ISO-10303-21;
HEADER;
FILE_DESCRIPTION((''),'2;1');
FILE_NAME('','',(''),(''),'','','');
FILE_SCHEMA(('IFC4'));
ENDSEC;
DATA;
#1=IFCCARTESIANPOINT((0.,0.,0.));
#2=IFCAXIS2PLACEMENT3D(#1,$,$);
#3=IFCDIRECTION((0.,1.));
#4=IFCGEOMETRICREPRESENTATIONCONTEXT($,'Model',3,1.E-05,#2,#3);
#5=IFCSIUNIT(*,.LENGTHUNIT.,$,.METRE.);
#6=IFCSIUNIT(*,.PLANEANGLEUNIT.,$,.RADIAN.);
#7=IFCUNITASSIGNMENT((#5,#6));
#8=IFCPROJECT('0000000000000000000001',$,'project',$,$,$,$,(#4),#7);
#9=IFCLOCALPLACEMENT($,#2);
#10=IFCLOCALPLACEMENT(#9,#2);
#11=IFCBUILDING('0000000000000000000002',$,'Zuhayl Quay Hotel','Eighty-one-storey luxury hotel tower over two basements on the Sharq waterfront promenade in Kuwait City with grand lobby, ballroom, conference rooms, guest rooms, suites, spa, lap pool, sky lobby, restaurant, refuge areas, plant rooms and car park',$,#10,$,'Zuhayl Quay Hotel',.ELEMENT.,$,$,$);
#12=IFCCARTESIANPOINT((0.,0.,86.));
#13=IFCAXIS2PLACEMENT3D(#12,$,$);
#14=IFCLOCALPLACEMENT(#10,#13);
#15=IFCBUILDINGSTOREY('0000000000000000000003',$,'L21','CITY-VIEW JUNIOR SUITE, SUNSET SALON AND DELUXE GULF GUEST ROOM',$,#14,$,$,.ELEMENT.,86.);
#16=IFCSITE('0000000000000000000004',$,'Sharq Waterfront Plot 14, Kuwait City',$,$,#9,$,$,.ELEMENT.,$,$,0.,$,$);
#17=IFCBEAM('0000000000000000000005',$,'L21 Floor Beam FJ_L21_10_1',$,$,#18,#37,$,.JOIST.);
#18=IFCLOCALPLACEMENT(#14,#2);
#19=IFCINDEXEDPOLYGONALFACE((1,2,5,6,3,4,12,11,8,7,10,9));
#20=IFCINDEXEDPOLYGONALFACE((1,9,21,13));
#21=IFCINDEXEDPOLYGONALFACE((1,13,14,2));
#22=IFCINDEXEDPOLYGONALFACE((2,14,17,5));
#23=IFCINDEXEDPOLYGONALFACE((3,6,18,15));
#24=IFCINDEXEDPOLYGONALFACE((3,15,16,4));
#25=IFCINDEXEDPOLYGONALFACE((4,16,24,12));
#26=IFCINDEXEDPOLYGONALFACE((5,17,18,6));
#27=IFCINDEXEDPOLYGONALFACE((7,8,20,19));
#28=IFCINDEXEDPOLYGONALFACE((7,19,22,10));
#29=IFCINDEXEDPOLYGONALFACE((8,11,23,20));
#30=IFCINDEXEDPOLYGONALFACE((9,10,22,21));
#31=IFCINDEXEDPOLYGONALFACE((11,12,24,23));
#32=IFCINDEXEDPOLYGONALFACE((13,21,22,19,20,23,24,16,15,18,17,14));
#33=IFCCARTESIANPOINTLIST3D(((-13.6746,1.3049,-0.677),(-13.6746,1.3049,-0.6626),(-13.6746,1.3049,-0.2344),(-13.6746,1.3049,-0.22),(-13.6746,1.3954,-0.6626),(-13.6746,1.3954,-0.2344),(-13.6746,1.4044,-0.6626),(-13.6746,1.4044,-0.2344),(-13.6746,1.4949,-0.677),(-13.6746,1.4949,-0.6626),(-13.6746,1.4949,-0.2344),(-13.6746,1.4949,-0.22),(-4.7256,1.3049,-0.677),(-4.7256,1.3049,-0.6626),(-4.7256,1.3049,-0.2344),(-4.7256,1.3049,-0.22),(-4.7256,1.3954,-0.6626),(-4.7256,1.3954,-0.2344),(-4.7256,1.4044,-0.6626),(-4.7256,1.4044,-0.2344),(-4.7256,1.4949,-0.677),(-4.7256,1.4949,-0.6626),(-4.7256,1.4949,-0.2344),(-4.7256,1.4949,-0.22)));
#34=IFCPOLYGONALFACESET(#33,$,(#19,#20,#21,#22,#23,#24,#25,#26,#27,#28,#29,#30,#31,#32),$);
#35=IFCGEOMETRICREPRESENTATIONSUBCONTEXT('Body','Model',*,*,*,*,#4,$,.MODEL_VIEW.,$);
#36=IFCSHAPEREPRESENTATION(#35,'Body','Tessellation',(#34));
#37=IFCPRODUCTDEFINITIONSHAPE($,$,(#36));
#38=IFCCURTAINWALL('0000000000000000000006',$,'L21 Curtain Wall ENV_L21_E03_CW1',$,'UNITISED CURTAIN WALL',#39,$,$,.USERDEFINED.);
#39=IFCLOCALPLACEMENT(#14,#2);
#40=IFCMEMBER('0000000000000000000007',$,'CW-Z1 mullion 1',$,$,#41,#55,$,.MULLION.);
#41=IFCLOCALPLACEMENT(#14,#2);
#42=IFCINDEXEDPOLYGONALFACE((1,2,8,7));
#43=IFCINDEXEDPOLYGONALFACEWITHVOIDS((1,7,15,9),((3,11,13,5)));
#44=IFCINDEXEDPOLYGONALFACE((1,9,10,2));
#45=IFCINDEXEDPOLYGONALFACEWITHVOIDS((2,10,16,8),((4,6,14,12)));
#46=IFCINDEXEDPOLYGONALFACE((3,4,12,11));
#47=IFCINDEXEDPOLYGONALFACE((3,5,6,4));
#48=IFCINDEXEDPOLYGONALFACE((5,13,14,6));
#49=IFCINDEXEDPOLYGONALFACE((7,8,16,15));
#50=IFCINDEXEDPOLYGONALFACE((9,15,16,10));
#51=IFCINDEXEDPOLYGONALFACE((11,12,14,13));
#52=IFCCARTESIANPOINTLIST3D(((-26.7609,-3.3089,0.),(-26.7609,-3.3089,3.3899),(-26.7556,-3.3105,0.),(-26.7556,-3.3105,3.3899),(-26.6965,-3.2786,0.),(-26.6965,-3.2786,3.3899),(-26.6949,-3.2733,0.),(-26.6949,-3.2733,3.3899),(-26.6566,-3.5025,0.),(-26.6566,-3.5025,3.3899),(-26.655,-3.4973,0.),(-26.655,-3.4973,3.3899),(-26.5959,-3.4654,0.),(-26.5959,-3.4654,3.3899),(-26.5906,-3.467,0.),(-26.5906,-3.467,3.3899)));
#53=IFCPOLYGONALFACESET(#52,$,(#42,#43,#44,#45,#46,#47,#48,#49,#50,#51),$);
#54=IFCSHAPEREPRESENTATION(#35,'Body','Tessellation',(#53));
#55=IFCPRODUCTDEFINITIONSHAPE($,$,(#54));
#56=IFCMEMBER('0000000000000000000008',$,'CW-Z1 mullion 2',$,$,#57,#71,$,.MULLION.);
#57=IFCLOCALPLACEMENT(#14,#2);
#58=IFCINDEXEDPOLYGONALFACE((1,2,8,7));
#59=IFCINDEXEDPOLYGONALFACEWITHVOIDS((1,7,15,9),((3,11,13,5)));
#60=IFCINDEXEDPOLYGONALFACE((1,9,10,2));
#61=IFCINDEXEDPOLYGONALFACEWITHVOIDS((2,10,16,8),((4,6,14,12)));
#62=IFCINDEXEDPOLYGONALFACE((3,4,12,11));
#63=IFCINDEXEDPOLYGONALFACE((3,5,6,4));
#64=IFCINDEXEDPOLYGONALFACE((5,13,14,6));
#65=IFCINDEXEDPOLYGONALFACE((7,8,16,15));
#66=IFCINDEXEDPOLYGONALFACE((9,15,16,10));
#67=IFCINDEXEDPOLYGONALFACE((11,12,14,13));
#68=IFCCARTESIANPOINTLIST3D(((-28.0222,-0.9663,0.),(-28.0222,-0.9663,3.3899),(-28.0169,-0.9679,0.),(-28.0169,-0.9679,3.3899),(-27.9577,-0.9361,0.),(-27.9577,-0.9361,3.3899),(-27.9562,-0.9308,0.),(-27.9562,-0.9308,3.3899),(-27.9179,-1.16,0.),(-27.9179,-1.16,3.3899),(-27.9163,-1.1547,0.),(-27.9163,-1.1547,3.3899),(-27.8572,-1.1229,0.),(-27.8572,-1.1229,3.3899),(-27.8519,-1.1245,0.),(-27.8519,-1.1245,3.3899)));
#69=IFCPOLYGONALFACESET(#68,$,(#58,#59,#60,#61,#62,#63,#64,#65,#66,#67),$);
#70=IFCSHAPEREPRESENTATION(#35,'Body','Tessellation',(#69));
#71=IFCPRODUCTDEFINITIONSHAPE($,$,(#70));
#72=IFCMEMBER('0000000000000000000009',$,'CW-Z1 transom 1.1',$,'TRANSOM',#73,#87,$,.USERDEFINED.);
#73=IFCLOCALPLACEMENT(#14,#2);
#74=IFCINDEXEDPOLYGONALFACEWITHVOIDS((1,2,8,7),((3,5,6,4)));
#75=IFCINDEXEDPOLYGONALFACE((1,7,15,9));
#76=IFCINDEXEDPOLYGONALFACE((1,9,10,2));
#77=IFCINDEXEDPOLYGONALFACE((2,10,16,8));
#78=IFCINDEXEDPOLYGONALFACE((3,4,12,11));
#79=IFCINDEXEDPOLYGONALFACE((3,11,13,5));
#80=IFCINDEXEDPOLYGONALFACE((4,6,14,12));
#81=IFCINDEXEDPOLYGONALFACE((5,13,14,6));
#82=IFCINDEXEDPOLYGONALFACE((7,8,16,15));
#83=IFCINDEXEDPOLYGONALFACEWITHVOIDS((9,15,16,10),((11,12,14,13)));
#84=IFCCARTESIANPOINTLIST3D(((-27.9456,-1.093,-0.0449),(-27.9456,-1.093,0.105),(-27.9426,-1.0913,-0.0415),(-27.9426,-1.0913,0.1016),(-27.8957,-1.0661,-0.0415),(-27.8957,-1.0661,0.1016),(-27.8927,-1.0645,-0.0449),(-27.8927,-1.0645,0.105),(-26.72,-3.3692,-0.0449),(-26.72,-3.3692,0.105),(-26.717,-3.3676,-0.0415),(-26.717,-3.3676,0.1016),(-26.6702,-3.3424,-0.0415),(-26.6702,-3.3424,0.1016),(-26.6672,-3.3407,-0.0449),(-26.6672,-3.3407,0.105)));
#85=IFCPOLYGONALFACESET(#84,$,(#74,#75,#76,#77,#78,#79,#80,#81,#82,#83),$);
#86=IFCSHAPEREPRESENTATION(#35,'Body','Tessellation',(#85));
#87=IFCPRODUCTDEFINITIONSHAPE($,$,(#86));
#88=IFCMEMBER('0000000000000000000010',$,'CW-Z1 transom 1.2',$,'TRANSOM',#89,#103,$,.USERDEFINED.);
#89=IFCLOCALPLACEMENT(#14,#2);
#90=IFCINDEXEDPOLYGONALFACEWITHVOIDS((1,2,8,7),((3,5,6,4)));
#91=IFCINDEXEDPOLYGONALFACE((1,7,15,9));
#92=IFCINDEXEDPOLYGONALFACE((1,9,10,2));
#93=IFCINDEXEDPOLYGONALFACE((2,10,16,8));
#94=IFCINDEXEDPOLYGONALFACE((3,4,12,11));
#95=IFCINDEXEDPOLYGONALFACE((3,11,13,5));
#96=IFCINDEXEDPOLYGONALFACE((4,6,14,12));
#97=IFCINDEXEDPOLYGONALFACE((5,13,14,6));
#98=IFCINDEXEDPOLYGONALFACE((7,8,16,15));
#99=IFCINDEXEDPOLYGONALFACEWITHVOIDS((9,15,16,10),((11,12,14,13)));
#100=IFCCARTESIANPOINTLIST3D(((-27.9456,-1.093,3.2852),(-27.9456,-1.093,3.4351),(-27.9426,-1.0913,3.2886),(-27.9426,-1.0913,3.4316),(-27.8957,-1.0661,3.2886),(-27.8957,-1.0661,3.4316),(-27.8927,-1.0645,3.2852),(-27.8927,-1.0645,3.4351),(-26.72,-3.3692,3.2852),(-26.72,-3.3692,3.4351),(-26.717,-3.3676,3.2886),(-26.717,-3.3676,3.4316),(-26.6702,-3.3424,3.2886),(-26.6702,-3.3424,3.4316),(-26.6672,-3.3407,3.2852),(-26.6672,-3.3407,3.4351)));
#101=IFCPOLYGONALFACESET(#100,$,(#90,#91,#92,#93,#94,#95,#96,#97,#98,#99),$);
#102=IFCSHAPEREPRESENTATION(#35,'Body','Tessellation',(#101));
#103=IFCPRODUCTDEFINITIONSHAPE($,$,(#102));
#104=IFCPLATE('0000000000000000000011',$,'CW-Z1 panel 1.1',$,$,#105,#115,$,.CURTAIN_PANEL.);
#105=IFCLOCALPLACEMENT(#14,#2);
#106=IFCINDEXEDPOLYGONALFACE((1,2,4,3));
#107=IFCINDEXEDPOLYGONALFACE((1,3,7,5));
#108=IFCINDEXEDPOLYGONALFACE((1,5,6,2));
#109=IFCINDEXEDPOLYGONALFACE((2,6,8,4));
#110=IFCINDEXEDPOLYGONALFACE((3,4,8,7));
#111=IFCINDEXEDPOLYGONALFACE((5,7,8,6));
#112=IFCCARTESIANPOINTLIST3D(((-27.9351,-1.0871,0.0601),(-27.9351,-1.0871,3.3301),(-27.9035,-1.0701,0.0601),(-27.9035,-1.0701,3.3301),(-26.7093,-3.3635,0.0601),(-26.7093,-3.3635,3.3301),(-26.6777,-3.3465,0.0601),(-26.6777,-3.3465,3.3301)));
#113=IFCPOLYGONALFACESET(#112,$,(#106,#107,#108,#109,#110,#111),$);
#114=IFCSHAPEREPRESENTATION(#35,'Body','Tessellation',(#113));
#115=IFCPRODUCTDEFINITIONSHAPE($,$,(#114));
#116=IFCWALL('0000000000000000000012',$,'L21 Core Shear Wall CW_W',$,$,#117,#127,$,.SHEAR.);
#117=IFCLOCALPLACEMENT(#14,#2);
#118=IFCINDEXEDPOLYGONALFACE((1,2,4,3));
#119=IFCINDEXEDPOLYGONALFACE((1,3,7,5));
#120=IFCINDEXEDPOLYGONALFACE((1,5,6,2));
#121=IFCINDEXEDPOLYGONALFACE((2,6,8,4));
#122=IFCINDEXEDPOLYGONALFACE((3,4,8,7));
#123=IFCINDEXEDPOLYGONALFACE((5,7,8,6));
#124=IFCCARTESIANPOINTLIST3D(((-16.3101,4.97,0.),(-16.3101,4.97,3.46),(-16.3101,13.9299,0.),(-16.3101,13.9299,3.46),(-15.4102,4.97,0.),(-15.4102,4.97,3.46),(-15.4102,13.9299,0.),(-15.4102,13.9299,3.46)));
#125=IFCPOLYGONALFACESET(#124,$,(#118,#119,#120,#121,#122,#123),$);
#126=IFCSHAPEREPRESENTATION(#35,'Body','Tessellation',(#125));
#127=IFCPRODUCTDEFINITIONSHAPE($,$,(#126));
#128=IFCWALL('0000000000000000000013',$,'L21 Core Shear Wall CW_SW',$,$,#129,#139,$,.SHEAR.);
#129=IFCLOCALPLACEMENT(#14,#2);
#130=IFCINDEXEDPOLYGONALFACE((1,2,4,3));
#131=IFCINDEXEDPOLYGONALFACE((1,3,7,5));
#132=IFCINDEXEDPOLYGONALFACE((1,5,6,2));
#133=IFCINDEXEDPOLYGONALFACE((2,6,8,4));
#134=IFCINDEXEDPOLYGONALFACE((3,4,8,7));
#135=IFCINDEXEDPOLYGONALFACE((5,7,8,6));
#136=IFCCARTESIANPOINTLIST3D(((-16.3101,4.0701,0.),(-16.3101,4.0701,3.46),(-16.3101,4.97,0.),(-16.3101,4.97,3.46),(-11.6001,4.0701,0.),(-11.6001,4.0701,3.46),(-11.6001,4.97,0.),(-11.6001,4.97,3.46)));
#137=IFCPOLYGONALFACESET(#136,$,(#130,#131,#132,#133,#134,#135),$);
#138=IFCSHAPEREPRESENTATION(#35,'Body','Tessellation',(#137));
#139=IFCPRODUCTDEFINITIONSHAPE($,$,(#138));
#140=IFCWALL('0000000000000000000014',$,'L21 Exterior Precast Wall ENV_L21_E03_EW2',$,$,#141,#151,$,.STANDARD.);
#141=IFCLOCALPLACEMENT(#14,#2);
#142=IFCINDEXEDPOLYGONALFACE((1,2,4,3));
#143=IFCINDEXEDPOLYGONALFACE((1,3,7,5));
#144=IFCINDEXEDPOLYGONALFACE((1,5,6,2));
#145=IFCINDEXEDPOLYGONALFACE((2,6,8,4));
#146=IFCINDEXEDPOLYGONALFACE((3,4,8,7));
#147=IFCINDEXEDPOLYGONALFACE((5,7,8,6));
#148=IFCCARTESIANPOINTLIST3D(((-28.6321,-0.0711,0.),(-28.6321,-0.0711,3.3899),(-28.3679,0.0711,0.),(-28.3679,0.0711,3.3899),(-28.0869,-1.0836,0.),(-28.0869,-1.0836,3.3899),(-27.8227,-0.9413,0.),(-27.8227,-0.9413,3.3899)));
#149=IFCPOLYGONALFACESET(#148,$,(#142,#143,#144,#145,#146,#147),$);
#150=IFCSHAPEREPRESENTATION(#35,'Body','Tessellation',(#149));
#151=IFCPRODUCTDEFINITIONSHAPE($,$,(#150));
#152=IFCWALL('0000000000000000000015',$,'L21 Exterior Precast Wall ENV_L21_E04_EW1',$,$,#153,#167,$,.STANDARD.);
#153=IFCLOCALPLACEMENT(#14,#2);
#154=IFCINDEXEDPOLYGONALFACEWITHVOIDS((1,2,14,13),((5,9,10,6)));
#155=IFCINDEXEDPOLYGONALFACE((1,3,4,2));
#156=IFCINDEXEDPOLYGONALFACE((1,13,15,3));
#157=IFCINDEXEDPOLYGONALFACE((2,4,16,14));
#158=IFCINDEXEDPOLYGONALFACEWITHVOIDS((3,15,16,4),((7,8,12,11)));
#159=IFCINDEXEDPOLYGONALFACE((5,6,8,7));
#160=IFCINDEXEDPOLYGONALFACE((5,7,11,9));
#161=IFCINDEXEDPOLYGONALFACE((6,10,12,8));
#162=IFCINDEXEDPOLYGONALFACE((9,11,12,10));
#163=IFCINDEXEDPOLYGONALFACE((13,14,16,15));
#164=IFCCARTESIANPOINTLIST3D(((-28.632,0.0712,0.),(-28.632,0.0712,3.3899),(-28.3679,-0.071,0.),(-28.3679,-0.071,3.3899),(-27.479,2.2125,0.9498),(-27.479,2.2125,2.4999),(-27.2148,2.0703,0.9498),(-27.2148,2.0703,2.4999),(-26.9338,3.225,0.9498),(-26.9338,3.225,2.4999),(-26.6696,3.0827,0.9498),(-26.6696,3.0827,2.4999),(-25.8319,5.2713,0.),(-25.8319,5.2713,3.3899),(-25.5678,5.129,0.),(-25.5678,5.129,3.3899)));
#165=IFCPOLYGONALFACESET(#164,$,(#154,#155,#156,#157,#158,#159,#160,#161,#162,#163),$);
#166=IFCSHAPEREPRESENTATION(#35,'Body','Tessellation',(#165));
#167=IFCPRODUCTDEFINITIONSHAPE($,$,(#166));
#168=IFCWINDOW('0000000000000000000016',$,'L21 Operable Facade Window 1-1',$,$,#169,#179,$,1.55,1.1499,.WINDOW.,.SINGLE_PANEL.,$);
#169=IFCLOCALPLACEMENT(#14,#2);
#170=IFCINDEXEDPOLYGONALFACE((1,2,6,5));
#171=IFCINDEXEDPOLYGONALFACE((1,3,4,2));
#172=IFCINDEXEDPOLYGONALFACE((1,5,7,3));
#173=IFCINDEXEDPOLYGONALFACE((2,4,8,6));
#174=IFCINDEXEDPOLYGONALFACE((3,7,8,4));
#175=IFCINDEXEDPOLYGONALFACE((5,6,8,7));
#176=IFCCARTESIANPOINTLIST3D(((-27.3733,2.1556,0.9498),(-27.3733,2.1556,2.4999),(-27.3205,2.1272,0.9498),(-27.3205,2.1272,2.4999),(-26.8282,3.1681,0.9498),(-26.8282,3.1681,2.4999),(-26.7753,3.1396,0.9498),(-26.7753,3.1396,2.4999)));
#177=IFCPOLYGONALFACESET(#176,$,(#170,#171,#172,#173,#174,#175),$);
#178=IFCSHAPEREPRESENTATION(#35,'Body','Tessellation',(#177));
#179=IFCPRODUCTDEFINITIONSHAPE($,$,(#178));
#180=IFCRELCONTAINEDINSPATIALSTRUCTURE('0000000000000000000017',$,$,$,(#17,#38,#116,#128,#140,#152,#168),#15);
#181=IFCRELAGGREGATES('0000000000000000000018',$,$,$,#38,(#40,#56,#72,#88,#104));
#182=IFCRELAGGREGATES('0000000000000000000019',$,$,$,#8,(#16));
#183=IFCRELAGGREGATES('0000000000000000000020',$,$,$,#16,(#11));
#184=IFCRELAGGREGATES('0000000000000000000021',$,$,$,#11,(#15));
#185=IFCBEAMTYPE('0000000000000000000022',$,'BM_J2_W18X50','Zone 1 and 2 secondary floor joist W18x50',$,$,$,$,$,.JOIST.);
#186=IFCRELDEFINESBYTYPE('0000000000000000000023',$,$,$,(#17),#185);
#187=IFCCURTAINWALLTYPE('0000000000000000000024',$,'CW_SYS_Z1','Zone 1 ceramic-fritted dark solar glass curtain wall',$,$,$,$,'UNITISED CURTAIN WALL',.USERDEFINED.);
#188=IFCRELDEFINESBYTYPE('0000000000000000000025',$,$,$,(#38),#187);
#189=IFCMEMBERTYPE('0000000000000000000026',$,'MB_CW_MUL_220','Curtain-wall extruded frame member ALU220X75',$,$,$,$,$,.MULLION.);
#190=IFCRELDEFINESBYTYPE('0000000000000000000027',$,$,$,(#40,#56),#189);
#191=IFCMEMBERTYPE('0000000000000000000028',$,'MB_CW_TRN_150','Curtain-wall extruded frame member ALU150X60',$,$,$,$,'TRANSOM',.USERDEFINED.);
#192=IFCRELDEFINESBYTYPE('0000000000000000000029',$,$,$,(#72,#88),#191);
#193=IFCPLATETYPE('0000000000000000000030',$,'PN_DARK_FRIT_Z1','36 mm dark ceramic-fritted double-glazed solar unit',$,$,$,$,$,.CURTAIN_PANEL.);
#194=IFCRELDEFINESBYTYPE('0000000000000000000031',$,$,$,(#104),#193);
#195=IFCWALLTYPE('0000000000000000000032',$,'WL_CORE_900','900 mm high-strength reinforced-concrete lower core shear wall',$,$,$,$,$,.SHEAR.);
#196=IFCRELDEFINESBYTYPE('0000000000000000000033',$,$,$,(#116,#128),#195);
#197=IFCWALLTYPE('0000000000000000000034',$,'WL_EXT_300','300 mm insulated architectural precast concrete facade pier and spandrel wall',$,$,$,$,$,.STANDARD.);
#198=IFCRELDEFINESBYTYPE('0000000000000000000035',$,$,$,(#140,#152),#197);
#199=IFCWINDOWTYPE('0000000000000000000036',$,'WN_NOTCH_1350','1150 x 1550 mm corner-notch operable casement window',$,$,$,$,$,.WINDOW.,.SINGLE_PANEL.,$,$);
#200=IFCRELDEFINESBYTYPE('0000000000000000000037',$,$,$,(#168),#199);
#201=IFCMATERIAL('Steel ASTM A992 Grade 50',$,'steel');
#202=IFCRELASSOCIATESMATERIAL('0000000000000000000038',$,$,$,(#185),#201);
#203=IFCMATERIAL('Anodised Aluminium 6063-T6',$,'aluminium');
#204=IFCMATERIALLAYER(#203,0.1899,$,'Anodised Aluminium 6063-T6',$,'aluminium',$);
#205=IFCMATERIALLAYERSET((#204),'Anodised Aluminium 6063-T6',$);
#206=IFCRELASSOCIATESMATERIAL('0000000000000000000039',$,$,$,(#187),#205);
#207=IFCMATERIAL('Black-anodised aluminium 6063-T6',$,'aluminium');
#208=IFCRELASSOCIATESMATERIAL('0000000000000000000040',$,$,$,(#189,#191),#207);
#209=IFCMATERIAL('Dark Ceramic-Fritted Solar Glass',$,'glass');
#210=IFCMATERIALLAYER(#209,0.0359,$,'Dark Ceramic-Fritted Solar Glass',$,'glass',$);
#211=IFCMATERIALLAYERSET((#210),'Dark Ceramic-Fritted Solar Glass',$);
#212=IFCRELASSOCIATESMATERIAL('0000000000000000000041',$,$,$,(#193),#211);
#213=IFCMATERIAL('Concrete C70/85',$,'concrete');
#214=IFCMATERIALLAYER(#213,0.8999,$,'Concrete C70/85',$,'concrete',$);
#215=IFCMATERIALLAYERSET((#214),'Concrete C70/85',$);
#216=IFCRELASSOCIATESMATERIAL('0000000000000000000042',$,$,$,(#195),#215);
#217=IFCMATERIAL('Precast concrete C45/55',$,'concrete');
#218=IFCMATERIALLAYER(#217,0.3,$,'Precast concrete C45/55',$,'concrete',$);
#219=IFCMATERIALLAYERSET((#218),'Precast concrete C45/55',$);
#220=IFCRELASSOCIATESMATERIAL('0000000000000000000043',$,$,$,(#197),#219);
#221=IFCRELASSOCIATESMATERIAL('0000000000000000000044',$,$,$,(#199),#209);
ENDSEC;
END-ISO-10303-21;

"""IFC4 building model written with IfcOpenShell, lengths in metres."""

from ifc_helpers import new_model, si_unit, direction, frame, frame_2d, origin, origin_2d, place, context, subcontext, project, spatial, rectangle, hollow_rectangle, i_section, extrude, material, layer, layer_set, material_profile, profile_set, type_object, element, fill, aggregate, save


model = new_model("IFC4")

# Units and contexts
model_context = context("Model", 3, precision=1e-05, world=origin(), true_north=direction((0.0, 1.0)))
body_context = subcontext(model_context, "Body", "Model", "MODEL_VIEW")
ifc_project = project(units=[si_unit("LENGTHUNIT", "METRE"), si_unit("PLANEANGLEUNIT", "RADIAN")], contexts=[model_context])

# Site, building, storey
site_placement = place(None, origin())
site = spatial("IfcSite", under=ifc_project, at=site_placement, Name="Sharq Waterfront Plot 14, Kuwait City", CompositionType="ELEMENT", RefElevation=0.0)
building_placement = place(site_placement, origin())
building = spatial("IfcBuilding", under=site, at=building_placement, Name="Zuhayl Quay Hotel", Description="Eighty-one-storey luxury hotel tower over two basements on the Sharq waterfront promenade in Kuwait City with grand lobby, ballroom, conference rooms, guest rooms, suites, spa, lap pool, sky lobby, restaurant, refuge areas, plant rooms and car park", LongName="Zuhayl Quay Hotel", CompositionType="ELEMENT")
storey_placement = place(building_placement, frame((0.0, 0.0, 86.0)))
storey = spatial("IfcBuildingStorey", under=building, at=storey_placement, Name="L21", Description="CITY-VIEW JUNIOR SUITE, SUNSET SALON AND DELUXE GULF GUEST ROOM", CompositionType="ELEMENT", Elevation=86.0)

# Shared definitions
ifc_material_1 = material(Name="Concrete C70/85", Category="concrete")

# Beam
ifc_material_2 = material(Name="Steel ASTM A992 Grade 50", Category="steel")
ifc_material_profile_1 = material_profile(ifc_material_2, i_section(OverallWidth=0.1899, OverallDepth=0.457, WebThickness=0.009, FlangeThickness=0.0144, at=origin_2d()), Name="W18X50")
ifc_profile_set_1 = profile_set([ifc_material_profile_1], Name="Steel ASTM A992 Grade 50")
beam_type_1 = type_object("IfcBeamType", Name="BM_J2_W18X50", Description="Zone 1 and 2 secondary floor joist W18x50", PredefinedType="JOIST", material=ifc_profile_set_1)
for number, where, z_axis, x_axis, name in (
    (1, (-13.6746, 1.3999, -0.4485), (1.0, 0.0, 0.0), (0.0, 1.0, 0.0), "L21 Floor Beam FJ_L21_10_1"),
):
    element("IfcBeam", number, at=place(storey_placement, frame(where, z_axis=z_axis, x_axis=x_axis)), inside=storey, type_object=beam_type_1, Name=name, PredefinedType="JOIST", context=body_context, shape_type="SweptSolid", body=[
        extrude(i_section(OverallWidth=0.1899, OverallDepth=0.457, WebThickness=0.009, FlangeThickness=0.0144, at=origin_2d()), origin(), (0.0, 0.0, 1.0), 8.949),
    ])

# Curtain wall, members, plate
ifc_material_3 = material(Name="Anodised Aluminium 6063-T6", Category="aluminium")
ifc_layer_1 = layer(ifc_material_3, 0.1899, Name="Anodised Aluminium 6063-T6", Category="aluminium")
ifc_layer_set_1 = layer_set([ifc_layer_1], Name="Anodised Aluminium 6063-T6")
curtain_wall_type = type_object("IfcCurtainWallType", Name="CW_SYS_Z1", Description="Zone 1 ceramic-fritted dark solar glass curtain wall", ElementType="UNITISED CURTAIN WALL", PredefinedType="USERDEFINED", material=ifc_layer_set_1)
curtain_wall_placement = place(storey_placement, origin())
curtain_wall = element("IfcCurtainWall", 2, at=curtain_wall_placement, inside=storey, type_object=curtain_wall_type, Name="L21 Curtain Wall ENV_L21_E03_CW1", ObjectType="UNITISED CURTAIN WALL", PredefinedType="USERDEFINED")
ifc_material_4 = material(Name="Black-anodised aluminium 6063-T6", Category="aluminium")
ifc_material_profile_2 = material_profile(ifc_material_4, hollow_rectangle(XDim=0.075, YDim=0.22, WallThickness=0.0039, at=origin_2d()), Name="ALU220X75")
ifc_profile_set_2 = profile_set([ifc_material_profile_2], Name="Black-anodised aluminium 6063-T6")
member_type_1 = type_object("IfcMemberType", Name="MB_CW_MUL_220", Description="Curtain-wall extruded frame member ALU220X75", PredefinedType="MULLION", material=ifc_profile_set_2)
member_1_placement = place(storey_placement, frame((-26.6758, -3.3879, 0.0), z_axis=(0.0, 0.0, 1.0), x_axis=(-0.880476, -0.474091, 0.0)))
member_1 = element("IfcMember", 3, at=member_1_placement, type_object=member_type_1, Name="CW-Z1 mullion 1", PredefinedType="MULLION", context=body_context, shape_type="SweptSolid", body=[
    extrude(hollow_rectangle(XDim=0.075, YDim=0.22, WallThickness=0.0039, at=origin_2d()), origin(), (0.0, 0.0, 1.0), 3.3899),
])
member_2_placement = place(storey_placement, frame((-27.937, -1.0454, 0.0), z_axis=(0.0, 0.0, 1.0), x_axis=(-0.880476, -0.474091, 0.0)))
member_2 = element("IfcMember", 4, at=member_2_placement, type_object=member_type_1, Name="CW-Z1 mullion 2", PredefinedType="MULLION", context=body_context, shape_type="SweptSolid", body=[
    extrude(hollow_rectangle(XDim=0.075, YDim=0.22, WallThickness=0.0039, at=origin_2d()), origin(), (0.0, 0.0, 1.0), 3.3899),
])
ifc_material_profile_3 = material_profile(ifc_material_4, hollow_rectangle(XDim=0.0601, YDim=0.1499, WallThickness=0.0034, at=origin_2d()), Name="ALU150X60")
ifc_profile_set_3 = profile_set([ifc_material_profile_3], Name="Black-anodised aluminium 6063-T6")
member_type_2 = type_object("IfcMemberType", Name="MB_CW_TRN_150", Description="Curtain-wall extruded frame member ALU150X60", ElementType="TRANSOM", PredefinedType="USERDEFINED", material=ifc_profile_set_3)
member_3_placement = place(storey_placement, frame((-26.6936, -3.355, 0.03), z_axis=(-0.474055, 0.880495, 0.0), x_axis=(-0.880495, -0.474055, 0.0)))
member_3 = element("IfcMember", 5, at=member_3_placement, type_object=member_type_2, Name="CW-Z1 transom 1.1", ObjectType="TRANSOM", PredefinedType="USERDEFINED", context=body_context, shape_type="SweptSolid", body=[
    extrude(hollow_rectangle(XDim=0.0601, YDim=0.1499, WallThickness=0.0034, at=origin_2d()), origin(), (0.0, 0.0, 1.0), 2.5852),
])
member_4_placement = place(storey_placement, frame((-26.6936, -3.355, 3.3601), z_axis=(-0.474055, 0.880495, 0.0), x_axis=(-0.880495, -0.474055, 0.0)))
member_4 = element("IfcMember", 6, at=member_4_placement, type_object=member_type_2, Name="CW-Z1 transom 1.2", ObjectType="TRANSOM", PredefinedType="USERDEFINED", context=body_context, shape_type="SweptSolid", body=[
    extrude(hollow_rectangle(XDim=0.0601, YDim=0.1499, WallThickness=0.0034, at=origin_2d()), origin(), (0.0, 0.0, 1.0), 2.5852),
])
ifc_material_5 = material(Name="Dark Ceramic-Fritted Solar Glass", Category="glass")
ifc_layer_2 = layer(ifc_material_5, 0.0359, Name="Dark Ceramic-Fritted Solar Glass", Category="glass")
ifc_layer_set_2 = layer_set([ifc_layer_2], Name="Dark Ceramic-Fritted Solar Glass")
plate_type = type_object("IfcPlateType", Name="PN_DARK_FRIT_Z1", Description="36 mm dark ceramic-fritted double-glazed solar unit", PredefinedType="CURTAIN_PANEL", material=ifc_layer_set_2)
plate_placement = place(storey_placement, frame((-27.3064, -2.2168, 0.0601), z_axis=(0.0, 0.0, 1.0), x_axis=(-0.474091, 0.880476, 0.0)))
plate = element("IfcPlate", 7, at=plate_placement, type_object=plate_type, Name="CW-Z1 panel 1.1", PredefinedType="CURTAIN_PANEL", context=body_context, shape_type="SweptSolid", body=[
    extrude(rectangle(XDim=2.5854, YDim=0.0359, at=origin_2d()), origin(), (0.0, 0.0, 1.0), 3.27),
])
aggregate(curtain_wall, [member_1, member_2, member_3, member_4, plate])

# Walls
ifc_layer_3 = layer(ifc_material_1, 0.8999, Name="Concrete C70/85", Category="concrete")
ifc_layer_set_3 = layer_set([ifc_layer_3], Name="Concrete C70/85")
wall_type_1 = type_object("IfcWallType", Name="WL_CORE_900", Description="900 mm high-strength reinforced-concrete lower core shear wall", PredefinedType="SHEAR", material=ifc_layer_set_3)
wall_1_placement = place(storey_placement, frame((-15.8601, 4.97, 0.0), z_axis=(0.0, 0.0, 1.0), x_axis=(0.0, 1.0, 0.0)))
element("IfcWall", 8, at=wall_1_placement, inside=storey, type_object=wall_type_1, Name="L21 Core Shear Wall CW_W", PredefinedType="SHEAR", context=body_context, shape_type="SweptSolid", body=[
    extrude(rectangle(XDim=8.96, YDim=0.8999, at=frame_2d((4.48, 0.0))), origin(), (0.0, 0.0, 1.0), 3.46),
])
wall_2_placement = place(storey_placement, frame((-16.3101, 4.52, 0.0), z_axis=(0.0, 0.0, 1.0), x_axis=(1.0, 0.0, 0.0)))
element("IfcWall", 9, at=wall_2_placement, inside=storey, type_object=wall_type_1, Name="L21 Core Shear Wall CW_SW", PredefinedType="SHEAR", context=body_context, shape_type="SweptSolid", body=[
    extrude(rectangle(XDim=4.71, YDim=0.8999, at=frame_2d((2.355, 0.0))), origin(), (0.0, 0.0, 1.0), 3.46),
])
ifc_material_6 = material(Name="Precast concrete C45/55", Category="concrete")
ifc_layer_4 = layer(ifc_material_6, 0.3, Name="Precast concrete C45/55", Category="concrete")
ifc_layer_set_4 = layer_set([ifc_layer_4], Name="Precast concrete C45/55")
wall_type_2 = type_object("IfcWallType", Name="WL_EXT_300", Description="300 mm insulated architectural precast concrete facade pier and spandrel wall", PredefinedType="STANDARD", material=ifc_layer_set_4)
wall_3_placement = place(storey_placement, frame((-27.9548, -1.0125, 0.0), z_axis=(0.0, 0.0, 1.0), x_axis=(-0.4741, 0.880471, 0.0)))
element("IfcWall", 10, at=wall_3_placement, inside=storey, type_object=wall_type_2, Name="L21 Exterior Precast Wall ENV_L21_E03_EW2", PredefinedType="STANDARD", context=body_context, shape_type="SweptSolid", body=[
    extrude(rectangle(XDim=1.1499, YDim=0.3, at=frame_2d((0.575, 0.0))), origin(), (0.0, 0.0, 1.0), 3.3899),
])

# Wall, opening, window
wall_4_placement = place(storey_placement, frame((-28.5, 0.0, 0.0), z_axis=(0.0, 0.0, 1.0), x_axis=(0.47411, 0.880466, 0.0)))
wall_4 = element("IfcWall", 11, at=wall_4_placement, inside=storey, type_object=wall_type_2, Name="L21 Exterior Precast Wall ENV_L21_E04_EW1", PredefinedType="STANDARD", context=body_context, shape_type="SweptSolid", body=[
    extrude(rectangle(XDim=5.906, YDim=0.3, at=frame_2d((2.9531, 0.0))), origin(), (0.0, 0.0, 1.0), 3.3899),
])
opening_1_placement = place(wall_4_placement, frame((2.4321, 0.0, 0.95)))
opening_1 = element("IfcOpeningElement", 12, at=opening_1_placement, cuts=wall_4, PredefinedType="OPENING", context=body_context, shape_type="SweptSolid", body=[
    extrude(rectangle(XDim=1.1499, YDim=1.55, at=frame_2d((0.575, 0.7749))), frame((0.0, 0.1599, 0.0), z_axis=(0.0, -1.0, 0.0), x_axis=(1.0, 0.0, 0.0)), (0.0, 0.0, 1.0), 0.3201),
])
window_type = type_object("IfcWindowType", Name="WN_NOTCH_1350", Description="1150 x 1550 mm corner-notch operable casement window", PartitioningType="SINGLE_PANEL", PredefinedType="WINDOW", material=ifc_material_5)
window_placement = place(opening_1_placement, origin())
window = element("IfcWindow", 13, at=window_placement, inside=storey, type_object=window_type, Name="L21 Operable Facade Window 1-1", OverallHeight=1.55, OverallWidth=1.1499, PartitioningType="SINGLE_PANEL", PredefinedType="WINDOW", context=body_context, shape_type="SweptSolid", body=[
    extrude(rectangle(XDim=1.1499, YDim=1.55, at=frame_2d((0.575, 0.7749))), frame((0.0, 0.03, 0.0), z_axis=(0.0, -1.0, 0.0), x_axis=(1.0, 0.0, 0.0)), (0.0, 0.0, 1.0), 0.0601),
])
fill(opening_1, window)

save(model, "model.ifc")
